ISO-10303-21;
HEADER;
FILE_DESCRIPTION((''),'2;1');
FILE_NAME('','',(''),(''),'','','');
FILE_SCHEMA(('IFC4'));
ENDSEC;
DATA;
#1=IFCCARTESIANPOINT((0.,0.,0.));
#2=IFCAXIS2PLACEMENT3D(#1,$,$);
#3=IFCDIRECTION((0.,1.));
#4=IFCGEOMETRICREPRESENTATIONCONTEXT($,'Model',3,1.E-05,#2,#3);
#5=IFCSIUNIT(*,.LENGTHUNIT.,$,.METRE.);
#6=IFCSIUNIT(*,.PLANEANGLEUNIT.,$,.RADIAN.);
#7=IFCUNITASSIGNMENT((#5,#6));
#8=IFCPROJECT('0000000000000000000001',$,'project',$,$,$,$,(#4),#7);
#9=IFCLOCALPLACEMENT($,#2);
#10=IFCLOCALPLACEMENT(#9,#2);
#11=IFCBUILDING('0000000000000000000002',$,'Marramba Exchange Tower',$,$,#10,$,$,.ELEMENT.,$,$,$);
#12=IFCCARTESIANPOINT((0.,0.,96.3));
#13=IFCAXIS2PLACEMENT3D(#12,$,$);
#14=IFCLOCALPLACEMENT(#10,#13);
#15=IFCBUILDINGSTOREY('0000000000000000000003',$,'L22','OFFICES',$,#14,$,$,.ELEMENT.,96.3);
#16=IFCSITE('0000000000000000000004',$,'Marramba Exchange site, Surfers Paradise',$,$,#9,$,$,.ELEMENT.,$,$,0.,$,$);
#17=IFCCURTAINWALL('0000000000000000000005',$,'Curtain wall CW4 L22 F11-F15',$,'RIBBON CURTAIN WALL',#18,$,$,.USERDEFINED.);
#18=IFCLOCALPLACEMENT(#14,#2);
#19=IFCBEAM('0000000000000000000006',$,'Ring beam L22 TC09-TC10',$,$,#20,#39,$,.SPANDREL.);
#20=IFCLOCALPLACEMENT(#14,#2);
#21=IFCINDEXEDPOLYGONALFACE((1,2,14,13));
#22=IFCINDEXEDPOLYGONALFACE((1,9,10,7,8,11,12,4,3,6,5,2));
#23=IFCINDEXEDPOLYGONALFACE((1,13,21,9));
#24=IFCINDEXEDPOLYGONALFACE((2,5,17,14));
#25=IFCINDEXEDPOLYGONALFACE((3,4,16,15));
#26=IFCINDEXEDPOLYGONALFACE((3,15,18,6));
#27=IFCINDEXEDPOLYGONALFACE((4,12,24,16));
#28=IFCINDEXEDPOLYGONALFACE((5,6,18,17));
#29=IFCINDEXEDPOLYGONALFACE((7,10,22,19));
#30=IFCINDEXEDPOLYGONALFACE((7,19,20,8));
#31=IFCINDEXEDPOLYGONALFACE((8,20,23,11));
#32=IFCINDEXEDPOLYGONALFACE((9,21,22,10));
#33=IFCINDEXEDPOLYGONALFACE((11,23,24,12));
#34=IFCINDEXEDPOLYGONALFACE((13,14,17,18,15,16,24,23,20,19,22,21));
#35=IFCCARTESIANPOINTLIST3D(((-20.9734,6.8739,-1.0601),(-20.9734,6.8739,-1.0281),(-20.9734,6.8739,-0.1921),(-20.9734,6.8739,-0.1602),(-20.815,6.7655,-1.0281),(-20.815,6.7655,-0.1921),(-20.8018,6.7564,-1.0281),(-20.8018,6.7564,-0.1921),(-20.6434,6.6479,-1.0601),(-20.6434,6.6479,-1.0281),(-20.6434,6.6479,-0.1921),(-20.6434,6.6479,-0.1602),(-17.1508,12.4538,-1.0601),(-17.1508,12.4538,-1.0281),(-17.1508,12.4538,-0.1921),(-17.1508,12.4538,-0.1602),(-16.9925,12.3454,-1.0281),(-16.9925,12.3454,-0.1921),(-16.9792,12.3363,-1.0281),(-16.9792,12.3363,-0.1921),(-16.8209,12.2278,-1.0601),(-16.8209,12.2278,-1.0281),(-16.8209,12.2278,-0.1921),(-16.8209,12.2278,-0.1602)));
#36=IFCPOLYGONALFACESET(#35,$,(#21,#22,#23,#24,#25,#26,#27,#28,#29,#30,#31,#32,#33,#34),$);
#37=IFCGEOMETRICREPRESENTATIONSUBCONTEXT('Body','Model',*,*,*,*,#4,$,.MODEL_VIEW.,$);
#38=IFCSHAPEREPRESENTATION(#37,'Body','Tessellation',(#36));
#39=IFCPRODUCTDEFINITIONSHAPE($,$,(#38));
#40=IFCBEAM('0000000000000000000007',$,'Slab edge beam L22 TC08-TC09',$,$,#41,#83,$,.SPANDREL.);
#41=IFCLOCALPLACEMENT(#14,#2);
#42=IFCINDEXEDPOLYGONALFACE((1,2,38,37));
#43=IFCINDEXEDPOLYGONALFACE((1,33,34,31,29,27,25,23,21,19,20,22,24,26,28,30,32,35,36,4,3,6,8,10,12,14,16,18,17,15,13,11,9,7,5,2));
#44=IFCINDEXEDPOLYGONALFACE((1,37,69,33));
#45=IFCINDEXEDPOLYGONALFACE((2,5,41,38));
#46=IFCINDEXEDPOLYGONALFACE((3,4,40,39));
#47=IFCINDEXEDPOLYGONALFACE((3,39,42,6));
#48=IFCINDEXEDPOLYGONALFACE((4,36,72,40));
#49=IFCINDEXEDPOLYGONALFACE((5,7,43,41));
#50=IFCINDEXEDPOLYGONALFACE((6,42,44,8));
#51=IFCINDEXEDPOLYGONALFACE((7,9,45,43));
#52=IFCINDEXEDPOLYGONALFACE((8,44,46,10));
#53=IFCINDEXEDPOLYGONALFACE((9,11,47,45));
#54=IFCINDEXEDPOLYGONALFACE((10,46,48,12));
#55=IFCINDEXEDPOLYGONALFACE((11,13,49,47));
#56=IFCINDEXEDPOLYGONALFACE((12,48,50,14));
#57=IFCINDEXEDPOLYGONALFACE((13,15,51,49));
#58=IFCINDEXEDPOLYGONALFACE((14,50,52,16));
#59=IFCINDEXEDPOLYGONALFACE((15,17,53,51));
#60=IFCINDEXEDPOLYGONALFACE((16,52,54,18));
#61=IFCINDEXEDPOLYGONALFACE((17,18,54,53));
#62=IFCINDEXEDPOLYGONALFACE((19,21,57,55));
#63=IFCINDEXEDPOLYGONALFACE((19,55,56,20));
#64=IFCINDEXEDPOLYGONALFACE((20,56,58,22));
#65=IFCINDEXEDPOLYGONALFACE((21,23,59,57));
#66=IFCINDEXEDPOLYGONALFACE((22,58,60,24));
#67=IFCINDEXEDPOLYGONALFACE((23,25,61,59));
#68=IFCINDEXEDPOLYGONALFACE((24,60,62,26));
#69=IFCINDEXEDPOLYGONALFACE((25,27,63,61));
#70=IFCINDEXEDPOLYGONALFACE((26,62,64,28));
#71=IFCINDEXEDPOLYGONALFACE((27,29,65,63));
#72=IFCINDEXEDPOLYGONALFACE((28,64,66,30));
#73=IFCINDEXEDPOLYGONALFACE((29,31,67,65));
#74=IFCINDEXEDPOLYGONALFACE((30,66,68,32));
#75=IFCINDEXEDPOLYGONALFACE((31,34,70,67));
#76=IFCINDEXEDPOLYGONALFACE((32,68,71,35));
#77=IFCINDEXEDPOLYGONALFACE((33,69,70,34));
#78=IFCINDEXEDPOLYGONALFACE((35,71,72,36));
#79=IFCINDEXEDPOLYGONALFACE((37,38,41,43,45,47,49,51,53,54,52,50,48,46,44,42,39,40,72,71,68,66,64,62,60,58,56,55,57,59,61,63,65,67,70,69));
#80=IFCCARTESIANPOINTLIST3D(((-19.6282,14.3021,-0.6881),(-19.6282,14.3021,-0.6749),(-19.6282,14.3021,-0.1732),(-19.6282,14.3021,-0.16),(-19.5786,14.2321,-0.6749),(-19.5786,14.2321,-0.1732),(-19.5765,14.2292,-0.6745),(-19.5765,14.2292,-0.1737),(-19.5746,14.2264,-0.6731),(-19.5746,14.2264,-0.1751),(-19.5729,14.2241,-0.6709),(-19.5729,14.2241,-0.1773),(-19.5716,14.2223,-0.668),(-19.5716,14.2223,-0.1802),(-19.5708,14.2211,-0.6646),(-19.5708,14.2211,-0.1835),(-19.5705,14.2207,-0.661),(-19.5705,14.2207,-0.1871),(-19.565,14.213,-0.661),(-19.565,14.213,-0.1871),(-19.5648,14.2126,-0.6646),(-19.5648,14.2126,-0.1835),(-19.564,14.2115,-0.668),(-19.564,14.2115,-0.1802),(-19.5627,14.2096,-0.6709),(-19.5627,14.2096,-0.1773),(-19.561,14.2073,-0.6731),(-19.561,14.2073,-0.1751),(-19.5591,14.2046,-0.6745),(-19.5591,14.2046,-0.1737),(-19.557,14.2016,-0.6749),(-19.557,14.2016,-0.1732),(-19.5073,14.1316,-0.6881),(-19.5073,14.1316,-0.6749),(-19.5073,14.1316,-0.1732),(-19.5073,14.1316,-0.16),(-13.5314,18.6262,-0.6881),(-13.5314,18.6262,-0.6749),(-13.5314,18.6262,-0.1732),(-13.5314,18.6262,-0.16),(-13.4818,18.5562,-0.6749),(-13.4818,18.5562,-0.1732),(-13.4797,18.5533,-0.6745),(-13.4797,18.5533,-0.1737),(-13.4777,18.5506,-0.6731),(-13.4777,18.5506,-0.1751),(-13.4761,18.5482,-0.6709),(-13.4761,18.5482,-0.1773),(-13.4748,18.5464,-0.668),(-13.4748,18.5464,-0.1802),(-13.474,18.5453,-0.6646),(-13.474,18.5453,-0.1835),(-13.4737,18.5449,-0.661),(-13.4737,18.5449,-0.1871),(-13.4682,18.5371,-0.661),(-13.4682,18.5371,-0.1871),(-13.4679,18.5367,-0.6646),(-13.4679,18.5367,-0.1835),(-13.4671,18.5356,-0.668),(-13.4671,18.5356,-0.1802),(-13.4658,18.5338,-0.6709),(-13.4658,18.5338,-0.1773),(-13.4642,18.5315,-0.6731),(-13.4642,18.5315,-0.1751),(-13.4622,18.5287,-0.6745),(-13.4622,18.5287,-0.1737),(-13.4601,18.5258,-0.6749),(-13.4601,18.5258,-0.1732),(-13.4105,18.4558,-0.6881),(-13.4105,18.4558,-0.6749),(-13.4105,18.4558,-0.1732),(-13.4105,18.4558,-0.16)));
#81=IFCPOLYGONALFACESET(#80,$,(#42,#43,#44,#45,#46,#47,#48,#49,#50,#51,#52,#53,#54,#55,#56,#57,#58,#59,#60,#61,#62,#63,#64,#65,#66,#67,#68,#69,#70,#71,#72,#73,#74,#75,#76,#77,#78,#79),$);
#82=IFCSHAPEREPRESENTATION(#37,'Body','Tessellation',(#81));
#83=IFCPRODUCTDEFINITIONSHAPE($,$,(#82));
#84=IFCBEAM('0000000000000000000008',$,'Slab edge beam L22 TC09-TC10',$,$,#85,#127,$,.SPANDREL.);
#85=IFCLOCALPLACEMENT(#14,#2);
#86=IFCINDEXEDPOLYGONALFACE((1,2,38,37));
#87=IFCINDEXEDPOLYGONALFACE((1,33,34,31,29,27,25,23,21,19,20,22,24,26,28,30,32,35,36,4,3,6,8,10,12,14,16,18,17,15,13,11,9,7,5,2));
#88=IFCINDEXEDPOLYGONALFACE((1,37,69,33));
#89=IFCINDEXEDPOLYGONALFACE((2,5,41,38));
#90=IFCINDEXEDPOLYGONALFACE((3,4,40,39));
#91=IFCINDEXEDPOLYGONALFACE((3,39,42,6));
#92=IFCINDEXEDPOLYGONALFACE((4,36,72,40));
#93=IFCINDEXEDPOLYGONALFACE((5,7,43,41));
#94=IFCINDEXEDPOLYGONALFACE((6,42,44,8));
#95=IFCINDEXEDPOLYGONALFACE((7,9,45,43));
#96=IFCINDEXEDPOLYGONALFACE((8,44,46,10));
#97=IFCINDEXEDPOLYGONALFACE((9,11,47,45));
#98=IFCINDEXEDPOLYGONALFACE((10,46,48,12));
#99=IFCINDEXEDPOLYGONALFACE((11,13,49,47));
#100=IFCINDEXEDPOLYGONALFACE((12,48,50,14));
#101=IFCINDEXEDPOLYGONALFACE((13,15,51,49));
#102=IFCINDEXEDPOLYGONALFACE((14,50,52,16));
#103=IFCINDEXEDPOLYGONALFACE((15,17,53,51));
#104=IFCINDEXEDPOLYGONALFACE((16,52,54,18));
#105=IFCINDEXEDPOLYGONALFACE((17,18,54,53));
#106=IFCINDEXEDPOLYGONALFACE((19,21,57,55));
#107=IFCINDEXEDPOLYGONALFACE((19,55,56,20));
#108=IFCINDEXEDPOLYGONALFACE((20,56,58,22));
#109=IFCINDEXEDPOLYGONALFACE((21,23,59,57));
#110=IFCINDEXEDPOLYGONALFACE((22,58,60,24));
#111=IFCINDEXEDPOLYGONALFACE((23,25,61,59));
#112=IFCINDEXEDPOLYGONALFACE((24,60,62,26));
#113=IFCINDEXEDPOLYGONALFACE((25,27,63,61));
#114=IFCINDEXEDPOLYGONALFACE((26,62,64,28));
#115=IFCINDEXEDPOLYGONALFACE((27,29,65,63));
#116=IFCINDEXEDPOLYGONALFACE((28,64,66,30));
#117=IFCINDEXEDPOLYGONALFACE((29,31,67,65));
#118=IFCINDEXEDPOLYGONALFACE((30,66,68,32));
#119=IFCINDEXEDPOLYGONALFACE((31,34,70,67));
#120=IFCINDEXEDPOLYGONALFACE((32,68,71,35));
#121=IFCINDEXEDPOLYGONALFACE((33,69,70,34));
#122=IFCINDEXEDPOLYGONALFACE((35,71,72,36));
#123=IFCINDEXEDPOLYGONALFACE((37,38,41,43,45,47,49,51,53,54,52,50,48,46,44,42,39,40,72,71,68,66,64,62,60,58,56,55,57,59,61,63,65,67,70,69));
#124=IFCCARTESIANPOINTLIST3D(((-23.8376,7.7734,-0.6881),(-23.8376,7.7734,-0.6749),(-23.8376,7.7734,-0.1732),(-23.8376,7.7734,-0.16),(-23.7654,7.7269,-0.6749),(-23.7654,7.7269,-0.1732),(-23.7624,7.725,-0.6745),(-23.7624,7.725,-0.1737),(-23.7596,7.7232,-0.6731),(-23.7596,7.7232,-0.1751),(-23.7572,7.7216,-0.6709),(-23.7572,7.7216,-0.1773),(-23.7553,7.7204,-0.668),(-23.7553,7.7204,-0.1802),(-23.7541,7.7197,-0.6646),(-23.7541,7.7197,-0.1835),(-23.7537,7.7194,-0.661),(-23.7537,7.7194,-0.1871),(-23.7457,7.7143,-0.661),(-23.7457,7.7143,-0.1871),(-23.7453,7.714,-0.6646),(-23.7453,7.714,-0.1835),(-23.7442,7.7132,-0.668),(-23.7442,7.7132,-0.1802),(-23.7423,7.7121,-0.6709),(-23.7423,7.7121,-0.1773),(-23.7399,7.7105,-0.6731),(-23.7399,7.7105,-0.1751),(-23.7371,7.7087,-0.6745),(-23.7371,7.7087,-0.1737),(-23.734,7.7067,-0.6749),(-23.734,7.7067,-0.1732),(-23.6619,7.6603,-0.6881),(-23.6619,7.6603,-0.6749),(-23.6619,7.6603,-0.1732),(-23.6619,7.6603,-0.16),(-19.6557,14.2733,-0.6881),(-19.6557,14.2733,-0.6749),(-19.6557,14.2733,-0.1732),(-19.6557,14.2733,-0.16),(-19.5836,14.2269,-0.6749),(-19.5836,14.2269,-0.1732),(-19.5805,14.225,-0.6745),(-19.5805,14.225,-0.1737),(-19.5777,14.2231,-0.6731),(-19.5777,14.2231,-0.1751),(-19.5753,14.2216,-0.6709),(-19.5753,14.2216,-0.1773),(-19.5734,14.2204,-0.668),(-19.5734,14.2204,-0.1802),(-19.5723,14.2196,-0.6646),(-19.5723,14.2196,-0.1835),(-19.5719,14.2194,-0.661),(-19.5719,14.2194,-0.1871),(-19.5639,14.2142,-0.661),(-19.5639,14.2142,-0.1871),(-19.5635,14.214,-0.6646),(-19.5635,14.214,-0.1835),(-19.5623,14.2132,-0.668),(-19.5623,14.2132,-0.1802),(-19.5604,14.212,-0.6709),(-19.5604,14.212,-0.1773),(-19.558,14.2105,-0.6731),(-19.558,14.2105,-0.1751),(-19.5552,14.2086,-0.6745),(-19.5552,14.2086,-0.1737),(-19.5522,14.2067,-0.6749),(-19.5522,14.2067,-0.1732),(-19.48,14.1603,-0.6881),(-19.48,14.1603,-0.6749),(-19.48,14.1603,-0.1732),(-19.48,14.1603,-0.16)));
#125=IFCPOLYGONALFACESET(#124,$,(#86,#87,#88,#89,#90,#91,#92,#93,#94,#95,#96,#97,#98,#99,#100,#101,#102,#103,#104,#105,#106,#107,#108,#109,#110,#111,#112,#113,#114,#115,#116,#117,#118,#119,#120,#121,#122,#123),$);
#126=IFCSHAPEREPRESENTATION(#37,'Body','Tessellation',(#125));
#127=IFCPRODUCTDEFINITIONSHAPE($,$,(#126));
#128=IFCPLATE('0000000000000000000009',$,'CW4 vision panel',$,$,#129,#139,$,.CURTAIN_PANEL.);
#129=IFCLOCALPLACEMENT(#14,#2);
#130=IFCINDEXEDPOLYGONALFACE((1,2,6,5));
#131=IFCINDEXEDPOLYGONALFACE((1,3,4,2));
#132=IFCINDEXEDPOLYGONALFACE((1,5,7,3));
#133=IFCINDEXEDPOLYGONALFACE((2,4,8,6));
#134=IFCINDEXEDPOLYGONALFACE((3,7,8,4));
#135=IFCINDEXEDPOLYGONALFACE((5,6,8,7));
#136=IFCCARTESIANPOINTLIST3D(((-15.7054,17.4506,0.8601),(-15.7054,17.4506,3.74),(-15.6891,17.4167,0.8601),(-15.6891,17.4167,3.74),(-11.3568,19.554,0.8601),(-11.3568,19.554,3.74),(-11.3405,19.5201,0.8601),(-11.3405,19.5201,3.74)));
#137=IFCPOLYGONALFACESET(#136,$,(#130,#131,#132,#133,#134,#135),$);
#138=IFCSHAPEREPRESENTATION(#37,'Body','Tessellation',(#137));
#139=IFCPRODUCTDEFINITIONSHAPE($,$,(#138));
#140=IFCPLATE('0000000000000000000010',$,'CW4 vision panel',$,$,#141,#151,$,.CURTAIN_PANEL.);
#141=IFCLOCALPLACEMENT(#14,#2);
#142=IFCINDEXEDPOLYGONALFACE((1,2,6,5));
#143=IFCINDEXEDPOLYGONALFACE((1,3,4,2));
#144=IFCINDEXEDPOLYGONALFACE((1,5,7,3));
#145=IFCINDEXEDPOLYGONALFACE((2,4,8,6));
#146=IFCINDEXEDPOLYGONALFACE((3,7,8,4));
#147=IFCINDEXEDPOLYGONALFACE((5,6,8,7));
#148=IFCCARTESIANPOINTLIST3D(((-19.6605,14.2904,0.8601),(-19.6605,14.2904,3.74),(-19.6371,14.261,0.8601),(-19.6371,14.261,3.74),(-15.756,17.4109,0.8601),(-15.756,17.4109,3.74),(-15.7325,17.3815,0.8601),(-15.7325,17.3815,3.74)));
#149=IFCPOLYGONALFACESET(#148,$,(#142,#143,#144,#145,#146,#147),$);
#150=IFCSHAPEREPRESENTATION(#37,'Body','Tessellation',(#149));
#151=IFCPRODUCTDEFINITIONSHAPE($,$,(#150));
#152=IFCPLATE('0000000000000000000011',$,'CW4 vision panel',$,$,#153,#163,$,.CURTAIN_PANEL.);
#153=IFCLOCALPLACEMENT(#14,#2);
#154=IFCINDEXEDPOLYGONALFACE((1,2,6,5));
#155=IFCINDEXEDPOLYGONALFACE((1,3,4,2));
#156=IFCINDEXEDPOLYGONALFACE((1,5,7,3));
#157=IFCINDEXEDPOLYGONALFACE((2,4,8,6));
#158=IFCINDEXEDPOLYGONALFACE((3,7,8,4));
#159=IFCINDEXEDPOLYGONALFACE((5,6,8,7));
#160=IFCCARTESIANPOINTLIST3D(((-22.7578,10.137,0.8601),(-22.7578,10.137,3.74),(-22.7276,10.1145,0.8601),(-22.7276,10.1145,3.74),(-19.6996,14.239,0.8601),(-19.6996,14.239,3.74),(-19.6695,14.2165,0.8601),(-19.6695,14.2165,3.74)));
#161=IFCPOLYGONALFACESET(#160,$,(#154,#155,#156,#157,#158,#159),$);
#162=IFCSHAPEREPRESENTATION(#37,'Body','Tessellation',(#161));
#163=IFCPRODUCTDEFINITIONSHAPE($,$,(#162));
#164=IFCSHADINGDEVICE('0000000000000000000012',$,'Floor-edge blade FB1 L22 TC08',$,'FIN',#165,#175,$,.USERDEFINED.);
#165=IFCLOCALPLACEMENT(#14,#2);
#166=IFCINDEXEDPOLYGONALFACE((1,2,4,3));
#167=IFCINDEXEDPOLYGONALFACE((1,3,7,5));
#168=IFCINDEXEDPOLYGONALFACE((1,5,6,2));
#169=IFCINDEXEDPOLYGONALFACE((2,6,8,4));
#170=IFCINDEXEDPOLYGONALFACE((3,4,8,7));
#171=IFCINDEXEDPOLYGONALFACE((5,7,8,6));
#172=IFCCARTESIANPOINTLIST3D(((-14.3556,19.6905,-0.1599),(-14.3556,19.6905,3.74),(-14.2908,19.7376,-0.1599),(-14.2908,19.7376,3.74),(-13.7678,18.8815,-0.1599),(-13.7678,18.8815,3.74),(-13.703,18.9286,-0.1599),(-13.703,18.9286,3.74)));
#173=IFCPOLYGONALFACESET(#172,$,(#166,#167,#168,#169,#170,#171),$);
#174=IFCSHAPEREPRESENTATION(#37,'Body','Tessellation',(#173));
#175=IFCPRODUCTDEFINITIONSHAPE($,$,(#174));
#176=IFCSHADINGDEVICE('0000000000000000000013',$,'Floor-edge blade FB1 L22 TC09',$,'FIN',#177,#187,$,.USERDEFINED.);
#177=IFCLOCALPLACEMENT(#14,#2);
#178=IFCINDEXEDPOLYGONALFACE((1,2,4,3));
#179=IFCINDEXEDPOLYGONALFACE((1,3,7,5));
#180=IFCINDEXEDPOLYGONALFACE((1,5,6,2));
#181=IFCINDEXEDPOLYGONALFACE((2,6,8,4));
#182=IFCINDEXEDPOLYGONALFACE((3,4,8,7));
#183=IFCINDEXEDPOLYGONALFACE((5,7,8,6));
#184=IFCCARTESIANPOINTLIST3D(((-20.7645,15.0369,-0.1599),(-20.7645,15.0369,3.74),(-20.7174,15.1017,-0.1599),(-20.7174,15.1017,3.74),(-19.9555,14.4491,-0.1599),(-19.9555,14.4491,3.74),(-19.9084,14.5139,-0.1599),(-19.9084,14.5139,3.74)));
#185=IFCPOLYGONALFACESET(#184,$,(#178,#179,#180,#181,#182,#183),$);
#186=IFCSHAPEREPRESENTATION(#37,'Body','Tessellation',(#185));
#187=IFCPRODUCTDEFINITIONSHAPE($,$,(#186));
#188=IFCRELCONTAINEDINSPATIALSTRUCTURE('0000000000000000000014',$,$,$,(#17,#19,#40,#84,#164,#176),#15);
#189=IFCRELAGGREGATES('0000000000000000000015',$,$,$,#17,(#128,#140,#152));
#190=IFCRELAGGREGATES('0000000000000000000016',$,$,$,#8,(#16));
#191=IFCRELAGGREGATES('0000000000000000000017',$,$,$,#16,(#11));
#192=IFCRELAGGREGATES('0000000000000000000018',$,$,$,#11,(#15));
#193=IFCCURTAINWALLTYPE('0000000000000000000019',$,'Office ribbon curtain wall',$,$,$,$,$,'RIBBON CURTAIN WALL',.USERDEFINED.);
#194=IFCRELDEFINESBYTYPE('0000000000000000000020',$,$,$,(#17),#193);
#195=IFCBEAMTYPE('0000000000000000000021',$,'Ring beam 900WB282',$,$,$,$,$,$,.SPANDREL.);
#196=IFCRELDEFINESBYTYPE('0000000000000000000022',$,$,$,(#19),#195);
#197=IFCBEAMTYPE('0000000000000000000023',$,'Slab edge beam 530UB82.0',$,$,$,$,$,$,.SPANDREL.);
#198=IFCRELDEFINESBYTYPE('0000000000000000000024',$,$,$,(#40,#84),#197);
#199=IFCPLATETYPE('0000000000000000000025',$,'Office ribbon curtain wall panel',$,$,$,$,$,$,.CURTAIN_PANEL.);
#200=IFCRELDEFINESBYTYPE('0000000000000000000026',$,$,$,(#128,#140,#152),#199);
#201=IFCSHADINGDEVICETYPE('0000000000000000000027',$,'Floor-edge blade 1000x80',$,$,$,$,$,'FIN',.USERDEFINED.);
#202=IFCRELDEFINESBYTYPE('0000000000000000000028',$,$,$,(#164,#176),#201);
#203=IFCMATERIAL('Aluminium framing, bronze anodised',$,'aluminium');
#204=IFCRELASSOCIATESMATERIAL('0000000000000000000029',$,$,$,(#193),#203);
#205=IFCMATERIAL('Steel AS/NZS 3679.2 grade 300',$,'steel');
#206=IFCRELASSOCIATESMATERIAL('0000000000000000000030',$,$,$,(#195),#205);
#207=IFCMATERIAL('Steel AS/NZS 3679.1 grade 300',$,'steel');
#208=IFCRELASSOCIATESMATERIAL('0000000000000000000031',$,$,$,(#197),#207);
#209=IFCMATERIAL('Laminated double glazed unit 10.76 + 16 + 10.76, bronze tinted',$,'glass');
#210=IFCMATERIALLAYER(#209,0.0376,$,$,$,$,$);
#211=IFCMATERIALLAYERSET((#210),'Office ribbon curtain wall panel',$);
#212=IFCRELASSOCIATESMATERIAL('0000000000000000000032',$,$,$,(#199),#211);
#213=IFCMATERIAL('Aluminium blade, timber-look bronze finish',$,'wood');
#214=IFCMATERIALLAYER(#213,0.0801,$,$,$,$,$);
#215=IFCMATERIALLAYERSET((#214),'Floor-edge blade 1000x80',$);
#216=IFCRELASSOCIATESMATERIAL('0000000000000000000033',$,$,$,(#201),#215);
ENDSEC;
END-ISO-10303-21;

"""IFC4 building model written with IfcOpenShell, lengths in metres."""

from ifc_helpers import new_model, si_unit, direction, frame, origin, origin_2d, place, context, subcontext, project, spatial, rectangle, i_section, extrude, material, layer, layer_set, material_profile, profile_set, type_object, element, aggregate, save


model = new_model("IFC4")

# Units and contexts
model_context = context("Model", 3, precision=1e-05, world=origin(), true_north=direction((0.0, 1.0)))
body_context = subcontext(model_context, "Body", "Model", "MODEL_VIEW")
ifc_project = project(units=[si_unit("LENGTHUNIT", "METRE"), si_unit("PLANEANGLEUNIT", "RADIAN")], contexts=[model_context])

# Site, building, storey
site_placement = place(None, origin())
site = spatial("IfcSite", under=ifc_project, at=site_placement, Name="Marramba Exchange site, Surfers Paradise", CompositionType="ELEMENT", RefElevation=0.0)
building_placement = place(site_placement, origin())
building = spatial("IfcBuilding", under=site, at=building_placement, Name="Marramba Exchange Tower", CompositionType="ELEMENT")
storey_placement = place(building_placement, frame((0.0, 0.0, 96.3)))
storey = spatial("IfcBuildingStorey", under=building, at=storey_placement, Name="L22", Description="OFFICES", CompositionType="ELEMENT", Elevation=96.3)

# Shared definitions
ifc_material_1 = material(Name="Steel AS/NZS 3679.2 grade 300", Category="steel")
ifc_material_2 = material(Name="Steel AS/NZS 3679.1 grade 300", Category="steel")

# Curtain wall
ifc_material_3 = material(Name="Aluminium framing, bronze anodised", Category="aluminium")
curtain_wall_type = type_object("IfcCurtainWallType", Name="Office ribbon curtain wall", ElementType="RIBBON CURTAIN WALL", PredefinedType="USERDEFINED", material=ifc_material_3)
curtain_wall_placement = place(storey_placement, origin())
curtain_wall = element("IfcCurtainWall", 1, at=curtain_wall_placement, inside=storey, type_object=curtain_wall_type, Name="Curtain wall CW4 L22 F11-F15", ObjectType="RIBBON CURTAIN WALL", PredefinedType="USERDEFINED")

# Beams
ifc_material_profile_1 = material_profile(ifc_material_1, i_section(OverallWidth=0.3999, OverallDepth=0.8999, WebThickness=0.0161, FlangeThickness=0.032, at=origin_2d()), Name="900WB282")
ifc_profile_set_1 = profile_set([ifc_material_profile_1], Name="Steel AS/NZS 3679.2 grade 300")
beam_type_1 = type_object("IfcBeamType", Name="Ring beam 900WB282", PredefinedType="SPANDREL", material=ifc_profile_set_1)
beam_1_placement = place(storey_placement, frame((-16.9858, 12.3408, -0.6101), z_axis=(-0.56516, -0.824981, 0.0), x_axis=(0.824981, -0.56516, 0.0)))
element("IfcBeam", 2, at=beam_1_placement, inside=storey, type_object=beam_type_1, Name="Ring beam L22 TC09-TC10", PredefinedType="SPANDREL", context=body_context, shape_type="SweptSolid", body=[
    extrude(i_section(OverallWidth=0.3999, OverallDepth=0.8999, WebThickness=0.0161, FlangeThickness=0.032, at=origin_2d()), origin(), (0.0, 0.0, 1.0), 6.7637),
])
ifc_material_profile_2 = material_profile(ifc_material_2, i_section(OverallWidth=0.209, OverallDepth=0.5281, WebThickness=0.0095, FlangeThickness=0.0132, FilletRadius=0.0139, at=origin_2d()), Name="530UB82.0")
ifc_profile_set_2 = profile_set([ifc_material_profile_2], Name="Steel AS/NZS 3679.1 grade 300")
beam_type_2 = type_object("IfcBeamType", Name="Slab edge beam 530UB82.0", PredefinedType="SPANDREL", material=ifc_profile_set_2)
beam_2_placement = place(storey_placement, frame((-13.4709, 18.541, -0.4241), z_axis=(-0.815673, -0.578513, 0.0), x_axis=(0.578513, -0.815673, 0.0)))
element("IfcBeam", 3, at=beam_2_placement, inside=storey, type_object=beam_type_2, Name="Slab edge beam L22 TC08-TC09", PredefinedType="SPANDREL", context=body_context, shape_type="SweptSolid", body=[
    extrude(i_section(OverallWidth=0.209, OverallDepth=0.5281, WebThickness=0.0095, FlangeThickness=0.0132, FilletRadius=0.0139, at=origin_2d()), origin(), (0.0, 0.0, 1.0), 7.4746),
])
beam_3_placement = place(storey_placement, frame((-19.5679, 14.2168, -0.4241), z_axis=(-0.541061, -0.840983, 0.0), x_axis=(0.840983, -0.541061, 0.0)))
element("IfcBeam", 4, at=beam_3_placement, inside=storey, type_object=beam_type_2, Name="Slab edge beam L22 TC09-TC10", PredefinedType="SPANDREL", context=body_context, shape_type="SweptSolid", body=[
    extrude(i_section(OverallWidth=0.209, OverallDepth=0.5281, WebThickness=0.0095, FlangeThickness=0.0132, FilletRadius=0.0139, at=origin_2d()), origin(), (0.0, 0.0, 1.0), 7.729),
])

# Plates
ifc_material_4 = material(Name="Laminated double glazed unit 10.76 + 16 + 10.76, bronze tinted", Category="glass")
ifc_layer_1 = layer(ifc_material_4, 0.0376)
ifc_layer_set_1 = layer_set([ifc_layer_1], Name="Office ribbon curtain wall panel")
plate_type = type_object("IfcPlateType", Name="Office ribbon curtain wall panel", PredefinedType="CURTAIN_PANEL", material=ifc_layer_set_1)
plate_1_placement = place(storey_placement, frame((-13.5229, 18.4854, 0.8601), z_axis=(0.0, 0.0, 1.0), x_axis=(-0.900224, -0.435428, 0.0)))
plate_1 = element("IfcPlate", 5, at=plate_1_placement, type_object=plate_type, Name="CW4 vision panel", PredefinedType="CURTAIN_PANEL", context=body_context, shape_type="SweptSolid", body=[
    extrude(rectangle(XDim=4.8306, YDim=0.0376, at=origin_2d()), origin(), (0.0, 0.0, 1.0), 2.8799),
])
plate_2_placement = place(storey_placement, frame((-17.6965, 15.8359, 0.8601), z_axis=(0.0, 0.0, 1.0), x_axis=(-0.781178, -0.624308, 0.0)))
plate_2 = element("IfcPlate", 6, at=plate_2_placement, type_object=plate_type, Name="CW4 vision panel", PredefinedType="CURTAIN_PANEL", context=body_context, shape_type="SweptSolid", body=[
    extrude(rectangle(XDim=4.9983, YDim=0.0376, at=origin_2d()), origin(), (0.0, 0.0, 1.0), 2.8799),
])
plate_3_placement = place(storey_placement, frame((-21.2136, 12.1768, 0.8601), z_axis=(0.0, 0.0, 1.0), x_axis=(-0.597704, -0.801717, 0.0)))
plate_3 = element("IfcPlate", 7, at=plate_3_placement, type_object=plate_type, Name="CW4 vision panel", PredefinedType="CURTAIN_PANEL", context=body_context, shape_type="SweptSolid", body=[
    extrude(rectangle(XDim=5.1165, YDim=0.0376, at=origin_2d()), origin(), (0.0, 0.0, 1.0), 2.8799),
])
aggregate(curtain_wall, [plate_1, plate_2, plate_3])

# Shading devices
ifc_material_5 = material(Name="Aluminium blade, timber-look bronze finish", Category="wood")
ifc_layer_2 = layer(ifc_material_5, 0.0801)
ifc_layer_set_2 = layer_set([ifc_layer_2], Name="Floor-edge blade 1000x80")
shading_device_type_1 = type_object("IfcShadingDeviceType", Name="Floor-edge blade 1000x80", ElementType="FIN", PredefinedType="USERDEFINED", material=ifc_layer_set_2)
for number, where, z_axis, x_axis, name in (
    (8, (-14.0293, 19.3096, -0.1599), (0.0, 0.0, 1.0), (-0.587785, 0.809017, 0.0), "Floor-edge blade FB1 L22 TC08"),
    (9, (-20.3364, 14.7754, -0.1599), (0.0, 0.0, 1.0), (-0.809017, 0.587785, 0.0), "Floor-edge blade FB1 L22 TC09"),
):
    element("IfcShadingDevice", number, at=place(storey_placement, frame(where, z_axis=z_axis, x_axis=x_axis)), inside=storey, type_object=shading_device_type_1, Name=name, ObjectType="FIN", PredefinedType="USERDEFINED", context=body_context, shape_type="SweptSolid", body=[
        extrude(rectangle(XDim=1.0, YDim=0.0801, at=origin_2d()), origin(), (0.0, 0.0, 1.0), 3.8999),
    ])

save(model, "model.ifc")
